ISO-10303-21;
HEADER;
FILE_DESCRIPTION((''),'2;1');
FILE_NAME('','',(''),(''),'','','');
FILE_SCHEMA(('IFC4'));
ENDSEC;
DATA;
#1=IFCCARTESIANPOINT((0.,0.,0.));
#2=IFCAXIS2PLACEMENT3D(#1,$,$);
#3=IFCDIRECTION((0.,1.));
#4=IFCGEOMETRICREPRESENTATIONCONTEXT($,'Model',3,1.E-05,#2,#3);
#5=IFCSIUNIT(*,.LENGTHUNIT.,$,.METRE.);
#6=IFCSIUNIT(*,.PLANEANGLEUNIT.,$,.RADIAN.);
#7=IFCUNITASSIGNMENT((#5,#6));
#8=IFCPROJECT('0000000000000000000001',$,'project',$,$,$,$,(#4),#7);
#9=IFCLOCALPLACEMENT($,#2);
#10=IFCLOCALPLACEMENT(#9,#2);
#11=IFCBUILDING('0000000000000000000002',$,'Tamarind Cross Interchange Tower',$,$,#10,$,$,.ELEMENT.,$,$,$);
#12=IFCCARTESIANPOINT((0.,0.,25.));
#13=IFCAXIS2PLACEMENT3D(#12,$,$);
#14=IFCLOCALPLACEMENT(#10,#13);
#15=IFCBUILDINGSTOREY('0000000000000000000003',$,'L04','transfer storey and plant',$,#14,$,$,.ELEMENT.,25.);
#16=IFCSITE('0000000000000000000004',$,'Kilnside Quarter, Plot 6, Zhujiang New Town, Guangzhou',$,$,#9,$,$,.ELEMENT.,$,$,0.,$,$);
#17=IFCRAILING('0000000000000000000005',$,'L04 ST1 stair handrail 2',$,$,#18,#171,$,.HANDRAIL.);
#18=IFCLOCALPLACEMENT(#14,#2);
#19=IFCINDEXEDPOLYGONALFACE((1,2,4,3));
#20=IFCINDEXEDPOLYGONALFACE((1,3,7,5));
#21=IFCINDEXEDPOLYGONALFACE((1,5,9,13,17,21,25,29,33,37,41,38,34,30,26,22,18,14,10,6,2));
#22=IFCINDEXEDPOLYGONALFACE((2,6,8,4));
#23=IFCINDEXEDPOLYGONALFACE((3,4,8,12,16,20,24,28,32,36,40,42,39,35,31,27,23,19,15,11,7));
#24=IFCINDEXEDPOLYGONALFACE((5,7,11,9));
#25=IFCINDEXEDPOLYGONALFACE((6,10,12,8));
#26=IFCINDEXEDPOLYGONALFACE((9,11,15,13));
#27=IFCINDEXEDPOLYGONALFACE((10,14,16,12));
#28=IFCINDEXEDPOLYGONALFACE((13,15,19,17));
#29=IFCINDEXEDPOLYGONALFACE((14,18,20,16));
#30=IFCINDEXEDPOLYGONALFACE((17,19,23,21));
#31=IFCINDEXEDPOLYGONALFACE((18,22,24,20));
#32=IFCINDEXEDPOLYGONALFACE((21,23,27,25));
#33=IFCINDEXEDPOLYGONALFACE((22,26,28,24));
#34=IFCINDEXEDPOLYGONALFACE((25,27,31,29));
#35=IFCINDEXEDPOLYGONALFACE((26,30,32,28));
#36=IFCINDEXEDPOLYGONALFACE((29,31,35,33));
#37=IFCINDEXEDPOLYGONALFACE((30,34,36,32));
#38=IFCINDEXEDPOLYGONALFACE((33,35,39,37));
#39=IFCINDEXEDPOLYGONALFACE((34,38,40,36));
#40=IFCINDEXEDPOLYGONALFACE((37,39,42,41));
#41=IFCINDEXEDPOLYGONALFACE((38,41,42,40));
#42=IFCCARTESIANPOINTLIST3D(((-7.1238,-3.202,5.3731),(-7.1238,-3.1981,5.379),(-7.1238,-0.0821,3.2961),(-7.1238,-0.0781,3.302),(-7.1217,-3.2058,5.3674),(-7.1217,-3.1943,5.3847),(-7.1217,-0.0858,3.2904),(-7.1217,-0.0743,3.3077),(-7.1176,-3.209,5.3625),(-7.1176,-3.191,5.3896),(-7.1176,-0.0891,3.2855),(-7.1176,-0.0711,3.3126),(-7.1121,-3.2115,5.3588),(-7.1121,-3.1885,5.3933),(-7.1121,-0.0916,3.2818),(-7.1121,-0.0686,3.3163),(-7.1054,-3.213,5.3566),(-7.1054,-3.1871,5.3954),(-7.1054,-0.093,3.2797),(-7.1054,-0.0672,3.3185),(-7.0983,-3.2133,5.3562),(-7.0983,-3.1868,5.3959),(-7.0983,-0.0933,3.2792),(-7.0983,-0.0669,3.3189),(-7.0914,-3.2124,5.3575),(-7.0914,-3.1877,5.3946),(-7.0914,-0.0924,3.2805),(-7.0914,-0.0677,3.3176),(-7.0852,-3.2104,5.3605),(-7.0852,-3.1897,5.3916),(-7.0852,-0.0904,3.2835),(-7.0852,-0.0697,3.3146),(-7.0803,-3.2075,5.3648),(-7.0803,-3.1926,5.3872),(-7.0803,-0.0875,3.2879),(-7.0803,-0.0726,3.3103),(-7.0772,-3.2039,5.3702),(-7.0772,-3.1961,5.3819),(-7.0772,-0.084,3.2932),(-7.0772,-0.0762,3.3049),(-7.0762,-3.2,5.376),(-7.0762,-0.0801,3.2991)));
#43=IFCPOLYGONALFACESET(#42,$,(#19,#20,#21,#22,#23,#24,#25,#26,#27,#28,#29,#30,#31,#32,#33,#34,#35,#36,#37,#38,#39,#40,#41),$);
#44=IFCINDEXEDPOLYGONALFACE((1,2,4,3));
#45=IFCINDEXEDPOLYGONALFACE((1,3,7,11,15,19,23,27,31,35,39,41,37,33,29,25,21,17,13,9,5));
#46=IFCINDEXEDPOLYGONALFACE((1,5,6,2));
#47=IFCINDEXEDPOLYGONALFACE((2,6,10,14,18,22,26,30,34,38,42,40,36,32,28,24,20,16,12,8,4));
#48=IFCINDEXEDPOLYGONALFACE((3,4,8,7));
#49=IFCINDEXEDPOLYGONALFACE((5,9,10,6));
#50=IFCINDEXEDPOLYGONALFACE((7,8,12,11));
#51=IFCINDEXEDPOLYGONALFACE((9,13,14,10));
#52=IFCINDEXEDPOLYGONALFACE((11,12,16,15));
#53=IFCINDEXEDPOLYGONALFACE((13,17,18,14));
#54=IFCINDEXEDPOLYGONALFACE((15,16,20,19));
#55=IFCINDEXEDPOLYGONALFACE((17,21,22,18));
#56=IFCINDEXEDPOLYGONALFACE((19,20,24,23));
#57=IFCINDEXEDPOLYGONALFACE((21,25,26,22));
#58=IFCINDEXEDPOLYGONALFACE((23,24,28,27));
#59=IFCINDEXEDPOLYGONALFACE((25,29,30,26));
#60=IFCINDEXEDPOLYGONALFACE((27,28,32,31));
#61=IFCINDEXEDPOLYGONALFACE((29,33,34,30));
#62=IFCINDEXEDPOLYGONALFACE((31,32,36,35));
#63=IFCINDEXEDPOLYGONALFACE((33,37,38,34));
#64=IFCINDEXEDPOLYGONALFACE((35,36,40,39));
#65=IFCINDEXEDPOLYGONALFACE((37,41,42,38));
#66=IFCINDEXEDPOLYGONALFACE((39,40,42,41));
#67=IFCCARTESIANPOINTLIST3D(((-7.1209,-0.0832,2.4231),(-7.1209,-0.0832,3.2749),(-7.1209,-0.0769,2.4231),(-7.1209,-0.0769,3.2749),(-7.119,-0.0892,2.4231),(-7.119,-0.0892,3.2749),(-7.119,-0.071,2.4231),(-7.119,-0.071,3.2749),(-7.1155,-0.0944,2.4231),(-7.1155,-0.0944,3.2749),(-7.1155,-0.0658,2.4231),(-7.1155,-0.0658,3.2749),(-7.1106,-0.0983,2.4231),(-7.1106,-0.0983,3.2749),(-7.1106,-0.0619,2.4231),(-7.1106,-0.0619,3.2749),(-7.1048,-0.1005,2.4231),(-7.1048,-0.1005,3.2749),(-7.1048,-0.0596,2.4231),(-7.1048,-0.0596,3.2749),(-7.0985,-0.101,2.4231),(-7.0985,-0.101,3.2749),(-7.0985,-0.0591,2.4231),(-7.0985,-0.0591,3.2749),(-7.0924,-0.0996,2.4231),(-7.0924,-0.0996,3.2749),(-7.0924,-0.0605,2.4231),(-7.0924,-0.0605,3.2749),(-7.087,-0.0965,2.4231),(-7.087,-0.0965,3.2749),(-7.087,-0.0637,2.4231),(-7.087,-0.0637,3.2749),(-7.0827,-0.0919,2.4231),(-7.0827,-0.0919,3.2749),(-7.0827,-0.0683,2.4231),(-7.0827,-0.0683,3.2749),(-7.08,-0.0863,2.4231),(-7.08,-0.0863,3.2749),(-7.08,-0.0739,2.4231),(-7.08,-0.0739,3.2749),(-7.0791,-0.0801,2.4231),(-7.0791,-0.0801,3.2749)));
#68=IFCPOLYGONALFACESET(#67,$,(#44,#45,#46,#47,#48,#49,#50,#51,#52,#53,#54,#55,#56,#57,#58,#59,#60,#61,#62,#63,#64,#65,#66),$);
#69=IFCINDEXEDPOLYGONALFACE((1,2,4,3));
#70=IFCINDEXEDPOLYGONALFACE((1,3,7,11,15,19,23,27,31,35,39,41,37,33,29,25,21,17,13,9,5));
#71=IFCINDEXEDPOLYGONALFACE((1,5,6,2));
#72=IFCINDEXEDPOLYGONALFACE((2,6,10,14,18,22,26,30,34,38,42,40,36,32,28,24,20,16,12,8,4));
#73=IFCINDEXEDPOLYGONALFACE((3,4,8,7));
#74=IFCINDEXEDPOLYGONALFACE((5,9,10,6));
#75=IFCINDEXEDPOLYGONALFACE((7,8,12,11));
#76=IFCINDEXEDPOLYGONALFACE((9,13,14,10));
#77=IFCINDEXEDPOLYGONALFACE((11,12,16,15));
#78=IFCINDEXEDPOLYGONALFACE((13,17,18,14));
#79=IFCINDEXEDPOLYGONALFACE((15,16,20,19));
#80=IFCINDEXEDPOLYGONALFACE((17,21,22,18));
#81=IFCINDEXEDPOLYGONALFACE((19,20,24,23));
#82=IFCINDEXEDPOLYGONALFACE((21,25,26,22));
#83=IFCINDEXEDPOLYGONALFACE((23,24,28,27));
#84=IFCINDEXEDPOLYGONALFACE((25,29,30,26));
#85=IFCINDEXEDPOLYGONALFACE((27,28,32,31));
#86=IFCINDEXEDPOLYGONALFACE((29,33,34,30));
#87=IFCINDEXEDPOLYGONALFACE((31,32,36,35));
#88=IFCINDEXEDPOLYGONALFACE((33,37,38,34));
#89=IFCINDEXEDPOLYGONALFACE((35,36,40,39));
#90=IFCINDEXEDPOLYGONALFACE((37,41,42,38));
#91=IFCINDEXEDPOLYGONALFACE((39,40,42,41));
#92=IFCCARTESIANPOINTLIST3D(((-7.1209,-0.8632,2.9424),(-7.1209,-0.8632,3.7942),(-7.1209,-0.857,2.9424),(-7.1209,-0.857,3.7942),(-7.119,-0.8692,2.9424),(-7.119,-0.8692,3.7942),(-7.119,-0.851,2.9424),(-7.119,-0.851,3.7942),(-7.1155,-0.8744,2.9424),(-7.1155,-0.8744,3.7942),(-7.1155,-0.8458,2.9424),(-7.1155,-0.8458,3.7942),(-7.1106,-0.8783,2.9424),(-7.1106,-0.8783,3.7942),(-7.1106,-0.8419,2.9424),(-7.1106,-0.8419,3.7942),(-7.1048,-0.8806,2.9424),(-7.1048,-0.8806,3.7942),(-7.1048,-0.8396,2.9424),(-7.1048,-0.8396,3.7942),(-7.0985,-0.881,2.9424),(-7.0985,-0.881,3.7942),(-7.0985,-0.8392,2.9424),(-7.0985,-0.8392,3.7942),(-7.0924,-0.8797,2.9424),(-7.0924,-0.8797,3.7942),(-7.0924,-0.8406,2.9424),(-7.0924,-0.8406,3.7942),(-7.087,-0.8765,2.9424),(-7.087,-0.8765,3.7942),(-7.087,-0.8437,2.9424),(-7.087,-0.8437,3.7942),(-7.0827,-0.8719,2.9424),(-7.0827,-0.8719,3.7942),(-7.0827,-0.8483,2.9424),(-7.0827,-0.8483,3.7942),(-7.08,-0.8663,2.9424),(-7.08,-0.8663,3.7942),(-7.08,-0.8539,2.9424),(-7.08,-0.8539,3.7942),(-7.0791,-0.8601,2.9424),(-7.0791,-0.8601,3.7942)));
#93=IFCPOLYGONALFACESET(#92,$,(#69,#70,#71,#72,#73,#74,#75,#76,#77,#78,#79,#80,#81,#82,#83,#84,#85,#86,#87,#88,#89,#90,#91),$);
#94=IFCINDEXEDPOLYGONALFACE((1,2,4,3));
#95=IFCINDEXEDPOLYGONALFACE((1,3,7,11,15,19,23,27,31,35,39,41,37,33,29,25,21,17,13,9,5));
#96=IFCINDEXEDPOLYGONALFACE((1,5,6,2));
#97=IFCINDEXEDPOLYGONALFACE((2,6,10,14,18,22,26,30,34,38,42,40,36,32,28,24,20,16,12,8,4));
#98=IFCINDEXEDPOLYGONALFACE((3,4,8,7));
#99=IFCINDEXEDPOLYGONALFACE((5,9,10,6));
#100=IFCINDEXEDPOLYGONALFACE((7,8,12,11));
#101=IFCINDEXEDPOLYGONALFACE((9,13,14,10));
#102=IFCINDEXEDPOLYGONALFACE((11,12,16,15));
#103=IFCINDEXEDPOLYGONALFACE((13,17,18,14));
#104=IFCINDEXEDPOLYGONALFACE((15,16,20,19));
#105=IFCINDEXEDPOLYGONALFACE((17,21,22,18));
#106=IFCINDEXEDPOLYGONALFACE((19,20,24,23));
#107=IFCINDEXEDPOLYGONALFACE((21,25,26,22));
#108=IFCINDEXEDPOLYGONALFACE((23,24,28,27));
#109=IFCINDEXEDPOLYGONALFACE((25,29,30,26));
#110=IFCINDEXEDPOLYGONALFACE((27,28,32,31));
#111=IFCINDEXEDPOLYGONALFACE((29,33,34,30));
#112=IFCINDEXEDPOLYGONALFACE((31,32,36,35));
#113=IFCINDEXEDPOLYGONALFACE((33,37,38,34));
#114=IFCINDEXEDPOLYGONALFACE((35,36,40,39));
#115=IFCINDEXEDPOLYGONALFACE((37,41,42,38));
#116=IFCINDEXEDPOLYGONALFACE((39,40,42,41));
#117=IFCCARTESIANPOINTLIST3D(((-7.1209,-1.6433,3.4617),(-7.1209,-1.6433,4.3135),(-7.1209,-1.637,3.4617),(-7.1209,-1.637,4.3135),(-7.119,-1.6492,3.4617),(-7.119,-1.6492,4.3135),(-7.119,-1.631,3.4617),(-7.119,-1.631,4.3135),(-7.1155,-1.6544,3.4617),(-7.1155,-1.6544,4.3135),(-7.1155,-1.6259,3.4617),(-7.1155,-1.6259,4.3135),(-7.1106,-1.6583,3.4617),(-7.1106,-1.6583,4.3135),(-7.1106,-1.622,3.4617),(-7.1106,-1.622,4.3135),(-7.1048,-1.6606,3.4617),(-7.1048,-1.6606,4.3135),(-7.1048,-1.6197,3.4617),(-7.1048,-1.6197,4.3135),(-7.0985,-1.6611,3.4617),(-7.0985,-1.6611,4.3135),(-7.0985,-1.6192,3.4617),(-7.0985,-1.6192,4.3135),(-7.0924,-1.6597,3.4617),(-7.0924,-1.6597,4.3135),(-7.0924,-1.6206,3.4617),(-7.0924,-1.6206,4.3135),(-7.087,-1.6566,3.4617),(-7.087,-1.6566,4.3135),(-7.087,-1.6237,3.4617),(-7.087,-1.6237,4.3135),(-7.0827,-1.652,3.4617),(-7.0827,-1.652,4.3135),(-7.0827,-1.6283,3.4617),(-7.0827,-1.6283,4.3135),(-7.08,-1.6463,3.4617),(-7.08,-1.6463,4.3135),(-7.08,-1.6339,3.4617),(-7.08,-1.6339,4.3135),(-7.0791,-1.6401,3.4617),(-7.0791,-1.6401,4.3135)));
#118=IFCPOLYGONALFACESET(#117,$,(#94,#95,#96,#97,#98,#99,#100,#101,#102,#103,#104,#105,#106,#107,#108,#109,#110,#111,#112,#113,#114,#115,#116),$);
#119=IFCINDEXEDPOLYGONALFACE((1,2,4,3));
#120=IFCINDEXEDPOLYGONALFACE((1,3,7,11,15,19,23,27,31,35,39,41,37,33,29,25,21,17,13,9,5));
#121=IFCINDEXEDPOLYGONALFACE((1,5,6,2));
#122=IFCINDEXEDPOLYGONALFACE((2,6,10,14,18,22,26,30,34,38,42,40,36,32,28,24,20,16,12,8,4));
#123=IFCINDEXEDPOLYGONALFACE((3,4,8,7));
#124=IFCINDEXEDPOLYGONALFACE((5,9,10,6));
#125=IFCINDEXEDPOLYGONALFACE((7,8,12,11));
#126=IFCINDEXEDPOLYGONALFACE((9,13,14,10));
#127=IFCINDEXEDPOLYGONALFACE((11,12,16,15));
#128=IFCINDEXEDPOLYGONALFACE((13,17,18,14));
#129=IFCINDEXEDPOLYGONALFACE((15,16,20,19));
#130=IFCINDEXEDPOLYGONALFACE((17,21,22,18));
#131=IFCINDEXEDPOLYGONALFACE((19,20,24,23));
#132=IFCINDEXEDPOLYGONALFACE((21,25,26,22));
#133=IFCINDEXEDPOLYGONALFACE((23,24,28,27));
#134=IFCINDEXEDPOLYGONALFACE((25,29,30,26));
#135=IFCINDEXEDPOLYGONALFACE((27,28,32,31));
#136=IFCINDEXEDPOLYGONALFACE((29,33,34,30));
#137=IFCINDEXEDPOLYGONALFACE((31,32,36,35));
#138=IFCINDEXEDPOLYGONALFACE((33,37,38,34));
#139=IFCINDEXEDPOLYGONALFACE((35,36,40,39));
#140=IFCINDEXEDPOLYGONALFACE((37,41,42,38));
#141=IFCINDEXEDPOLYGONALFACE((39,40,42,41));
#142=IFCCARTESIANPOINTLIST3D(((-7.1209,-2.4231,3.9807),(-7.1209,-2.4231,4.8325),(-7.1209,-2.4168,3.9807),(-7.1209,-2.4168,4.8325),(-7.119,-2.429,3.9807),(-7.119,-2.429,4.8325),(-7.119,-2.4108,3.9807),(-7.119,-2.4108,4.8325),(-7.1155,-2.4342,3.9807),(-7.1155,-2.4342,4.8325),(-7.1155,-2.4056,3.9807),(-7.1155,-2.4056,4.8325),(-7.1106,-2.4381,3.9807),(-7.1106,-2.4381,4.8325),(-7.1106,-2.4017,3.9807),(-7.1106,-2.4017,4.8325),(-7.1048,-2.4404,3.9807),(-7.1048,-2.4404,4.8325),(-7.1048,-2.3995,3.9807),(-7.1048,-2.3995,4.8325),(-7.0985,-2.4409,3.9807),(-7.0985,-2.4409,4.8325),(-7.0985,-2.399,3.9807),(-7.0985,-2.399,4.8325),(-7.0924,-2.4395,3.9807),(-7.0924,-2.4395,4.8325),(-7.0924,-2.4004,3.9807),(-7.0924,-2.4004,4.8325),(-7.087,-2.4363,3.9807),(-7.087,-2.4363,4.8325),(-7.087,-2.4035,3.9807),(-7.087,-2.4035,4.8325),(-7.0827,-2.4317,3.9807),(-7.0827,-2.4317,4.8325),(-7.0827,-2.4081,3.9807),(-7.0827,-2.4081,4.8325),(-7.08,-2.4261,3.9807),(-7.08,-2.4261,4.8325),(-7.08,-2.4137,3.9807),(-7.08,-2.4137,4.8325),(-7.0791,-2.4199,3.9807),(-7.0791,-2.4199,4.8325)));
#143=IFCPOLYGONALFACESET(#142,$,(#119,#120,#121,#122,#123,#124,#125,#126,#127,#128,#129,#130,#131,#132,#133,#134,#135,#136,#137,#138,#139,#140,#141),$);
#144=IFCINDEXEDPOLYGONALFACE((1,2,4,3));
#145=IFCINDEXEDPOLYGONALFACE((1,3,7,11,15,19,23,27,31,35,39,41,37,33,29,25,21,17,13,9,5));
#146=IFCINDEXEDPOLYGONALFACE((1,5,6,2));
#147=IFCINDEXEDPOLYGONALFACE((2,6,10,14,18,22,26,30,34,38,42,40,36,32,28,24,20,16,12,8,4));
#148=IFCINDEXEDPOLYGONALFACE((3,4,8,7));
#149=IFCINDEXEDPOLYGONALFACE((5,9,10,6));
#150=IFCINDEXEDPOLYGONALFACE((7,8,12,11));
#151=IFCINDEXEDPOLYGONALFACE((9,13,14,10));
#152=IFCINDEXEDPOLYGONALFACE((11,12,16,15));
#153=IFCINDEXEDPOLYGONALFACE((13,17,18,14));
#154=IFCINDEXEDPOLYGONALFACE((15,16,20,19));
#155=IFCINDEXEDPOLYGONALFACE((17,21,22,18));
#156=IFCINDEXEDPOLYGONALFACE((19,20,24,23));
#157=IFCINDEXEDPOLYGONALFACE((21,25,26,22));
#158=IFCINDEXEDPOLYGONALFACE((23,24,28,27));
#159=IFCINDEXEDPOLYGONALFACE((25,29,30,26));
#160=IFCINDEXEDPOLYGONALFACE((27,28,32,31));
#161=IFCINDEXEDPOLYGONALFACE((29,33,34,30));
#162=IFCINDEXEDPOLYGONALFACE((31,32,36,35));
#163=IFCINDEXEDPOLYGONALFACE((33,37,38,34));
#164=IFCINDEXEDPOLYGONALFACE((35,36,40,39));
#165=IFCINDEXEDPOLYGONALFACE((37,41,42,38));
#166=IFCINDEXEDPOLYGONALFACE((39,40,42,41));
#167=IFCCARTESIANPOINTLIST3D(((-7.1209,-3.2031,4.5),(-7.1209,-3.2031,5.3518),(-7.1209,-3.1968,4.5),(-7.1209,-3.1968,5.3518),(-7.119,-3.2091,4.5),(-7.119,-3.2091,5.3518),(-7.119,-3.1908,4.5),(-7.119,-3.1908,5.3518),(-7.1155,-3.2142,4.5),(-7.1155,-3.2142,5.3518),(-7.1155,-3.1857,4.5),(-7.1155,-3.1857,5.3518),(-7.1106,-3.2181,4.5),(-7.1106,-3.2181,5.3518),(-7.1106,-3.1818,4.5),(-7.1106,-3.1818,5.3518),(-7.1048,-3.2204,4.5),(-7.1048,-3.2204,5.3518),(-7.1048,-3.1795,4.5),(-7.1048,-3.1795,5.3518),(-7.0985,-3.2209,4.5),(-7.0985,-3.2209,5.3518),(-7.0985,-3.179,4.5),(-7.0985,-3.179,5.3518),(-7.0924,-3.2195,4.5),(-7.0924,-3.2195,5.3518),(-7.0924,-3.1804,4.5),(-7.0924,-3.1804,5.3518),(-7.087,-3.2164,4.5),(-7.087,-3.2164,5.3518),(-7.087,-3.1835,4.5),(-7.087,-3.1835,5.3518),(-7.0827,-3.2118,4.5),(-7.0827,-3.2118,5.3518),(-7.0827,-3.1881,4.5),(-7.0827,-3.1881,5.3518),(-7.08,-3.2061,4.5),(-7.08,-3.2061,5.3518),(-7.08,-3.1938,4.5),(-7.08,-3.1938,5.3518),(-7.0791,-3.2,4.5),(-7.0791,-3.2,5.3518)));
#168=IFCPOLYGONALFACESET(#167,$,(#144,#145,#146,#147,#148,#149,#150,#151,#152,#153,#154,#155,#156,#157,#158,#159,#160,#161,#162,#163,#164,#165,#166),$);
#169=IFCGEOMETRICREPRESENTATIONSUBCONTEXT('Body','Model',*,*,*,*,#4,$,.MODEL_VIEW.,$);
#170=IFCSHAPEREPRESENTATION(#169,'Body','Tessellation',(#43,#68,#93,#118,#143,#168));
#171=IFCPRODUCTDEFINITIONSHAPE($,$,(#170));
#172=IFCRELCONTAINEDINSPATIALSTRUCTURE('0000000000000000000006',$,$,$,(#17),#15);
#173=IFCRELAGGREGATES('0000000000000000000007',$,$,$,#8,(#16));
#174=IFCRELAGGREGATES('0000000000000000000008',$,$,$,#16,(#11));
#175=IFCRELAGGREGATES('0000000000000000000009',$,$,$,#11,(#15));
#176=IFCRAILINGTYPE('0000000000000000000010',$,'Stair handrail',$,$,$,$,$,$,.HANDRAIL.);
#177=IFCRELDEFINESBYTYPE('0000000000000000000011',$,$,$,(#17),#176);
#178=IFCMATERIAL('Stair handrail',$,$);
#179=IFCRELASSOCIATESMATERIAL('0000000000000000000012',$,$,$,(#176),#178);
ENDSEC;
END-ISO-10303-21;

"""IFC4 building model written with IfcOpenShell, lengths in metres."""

from ifc_helpers import new_model, si_unit, direction, frame, origin, origin_2d, place, context, subcontext, project, spatial, circle, extrude, material, type_object, element, save


model = new_model("IFC4")

# Units and contexts
model_context = context("Model", 3, precision=1e-05, world=origin(), true_north=direction((0.0, 1.0)))
body_context = subcontext(model_context, "Body", "Model", "MODEL_VIEW")
ifc_project = project(units=[si_unit("LENGTHUNIT", "METRE"), si_unit("PLANEANGLEUNIT", "RADIAN")], contexts=[model_context])

# Site, building, storey
site_placement = place(None, origin())
site = spatial("IfcSite", under=ifc_project, at=site_placement, Name="Kilnside Quarter, Plot 6, Zhujiang New Town, Guangzhou", CompositionType="ELEMENT", RefElevation=0.0)
building_placement = place(site_placement, origin())
building = spatial("IfcBuilding", under=site, at=building_placement, Name="Tamarind Cross Interchange Tower", CompositionType="ELEMENT")
storey_placement = place(building_placement, frame((0.0, 0.0, 25.0)))
storey = spatial("IfcBuildingStorey", under=building, at=storey_placement, Name="L04", Description="transfer storey and plant", CompositionType="ELEMENT", Elevation=25.0)

# Railing
ifc_material_1 = material(Name="Stair handrail")
railing_type_1 = type_object("IfcRailingType", Name="Stair handrail", PredefinedType="HANDRAIL", material=ifc_material_1)
railing_1_placement = place(storey_placement, frame((-7.1001, -0.0801, 2.4231)))
element("IfcRailing", 1, at=railing_1_placement, inside=storey, type_object=railing_type_1, Name="L04 ST1 stair handrail 2", PredefinedType="HANDRAIL", context=body_context, shape_type="SweptSolid", body=[
    extrude(circle(Radius=0.0239, at=origin_2d()), frame((0.0, 0.0, 0.876), z_axis=(0.0, -0.832421, 0.554144), x_axis=(1.0, 0.0, 0.0)), (0.0, 0.0, 1.0), 3.748),
    extrude(circle(Radius=0.021, at=origin_2d()), origin(), (0.0, 0.0, 1.0), 0.8518),
    extrude(circle(Radius=0.021, at=origin_2d()), frame((0.0, -0.78, 0.5193)), (0.0, 0.0, 1.0), 0.8518),
    extrude(circle(Radius=0.021, at=origin_2d()), frame((0.0, -1.5601, 1.0386)), (0.0, 0.0, 1.0), 0.8518),
    extrude(circle(Radius=0.021, at=origin_2d()), frame((0.0, -2.3398, 1.5576)), (0.0, 0.0, 1.0), 0.8518),
    extrude(circle(Radius=0.021, at=origin_2d()), frame((0.0, -3.1199, 2.0769)), (0.0, 0.0, 1.0), 0.8518),
])

save(model, "model.ifc")
